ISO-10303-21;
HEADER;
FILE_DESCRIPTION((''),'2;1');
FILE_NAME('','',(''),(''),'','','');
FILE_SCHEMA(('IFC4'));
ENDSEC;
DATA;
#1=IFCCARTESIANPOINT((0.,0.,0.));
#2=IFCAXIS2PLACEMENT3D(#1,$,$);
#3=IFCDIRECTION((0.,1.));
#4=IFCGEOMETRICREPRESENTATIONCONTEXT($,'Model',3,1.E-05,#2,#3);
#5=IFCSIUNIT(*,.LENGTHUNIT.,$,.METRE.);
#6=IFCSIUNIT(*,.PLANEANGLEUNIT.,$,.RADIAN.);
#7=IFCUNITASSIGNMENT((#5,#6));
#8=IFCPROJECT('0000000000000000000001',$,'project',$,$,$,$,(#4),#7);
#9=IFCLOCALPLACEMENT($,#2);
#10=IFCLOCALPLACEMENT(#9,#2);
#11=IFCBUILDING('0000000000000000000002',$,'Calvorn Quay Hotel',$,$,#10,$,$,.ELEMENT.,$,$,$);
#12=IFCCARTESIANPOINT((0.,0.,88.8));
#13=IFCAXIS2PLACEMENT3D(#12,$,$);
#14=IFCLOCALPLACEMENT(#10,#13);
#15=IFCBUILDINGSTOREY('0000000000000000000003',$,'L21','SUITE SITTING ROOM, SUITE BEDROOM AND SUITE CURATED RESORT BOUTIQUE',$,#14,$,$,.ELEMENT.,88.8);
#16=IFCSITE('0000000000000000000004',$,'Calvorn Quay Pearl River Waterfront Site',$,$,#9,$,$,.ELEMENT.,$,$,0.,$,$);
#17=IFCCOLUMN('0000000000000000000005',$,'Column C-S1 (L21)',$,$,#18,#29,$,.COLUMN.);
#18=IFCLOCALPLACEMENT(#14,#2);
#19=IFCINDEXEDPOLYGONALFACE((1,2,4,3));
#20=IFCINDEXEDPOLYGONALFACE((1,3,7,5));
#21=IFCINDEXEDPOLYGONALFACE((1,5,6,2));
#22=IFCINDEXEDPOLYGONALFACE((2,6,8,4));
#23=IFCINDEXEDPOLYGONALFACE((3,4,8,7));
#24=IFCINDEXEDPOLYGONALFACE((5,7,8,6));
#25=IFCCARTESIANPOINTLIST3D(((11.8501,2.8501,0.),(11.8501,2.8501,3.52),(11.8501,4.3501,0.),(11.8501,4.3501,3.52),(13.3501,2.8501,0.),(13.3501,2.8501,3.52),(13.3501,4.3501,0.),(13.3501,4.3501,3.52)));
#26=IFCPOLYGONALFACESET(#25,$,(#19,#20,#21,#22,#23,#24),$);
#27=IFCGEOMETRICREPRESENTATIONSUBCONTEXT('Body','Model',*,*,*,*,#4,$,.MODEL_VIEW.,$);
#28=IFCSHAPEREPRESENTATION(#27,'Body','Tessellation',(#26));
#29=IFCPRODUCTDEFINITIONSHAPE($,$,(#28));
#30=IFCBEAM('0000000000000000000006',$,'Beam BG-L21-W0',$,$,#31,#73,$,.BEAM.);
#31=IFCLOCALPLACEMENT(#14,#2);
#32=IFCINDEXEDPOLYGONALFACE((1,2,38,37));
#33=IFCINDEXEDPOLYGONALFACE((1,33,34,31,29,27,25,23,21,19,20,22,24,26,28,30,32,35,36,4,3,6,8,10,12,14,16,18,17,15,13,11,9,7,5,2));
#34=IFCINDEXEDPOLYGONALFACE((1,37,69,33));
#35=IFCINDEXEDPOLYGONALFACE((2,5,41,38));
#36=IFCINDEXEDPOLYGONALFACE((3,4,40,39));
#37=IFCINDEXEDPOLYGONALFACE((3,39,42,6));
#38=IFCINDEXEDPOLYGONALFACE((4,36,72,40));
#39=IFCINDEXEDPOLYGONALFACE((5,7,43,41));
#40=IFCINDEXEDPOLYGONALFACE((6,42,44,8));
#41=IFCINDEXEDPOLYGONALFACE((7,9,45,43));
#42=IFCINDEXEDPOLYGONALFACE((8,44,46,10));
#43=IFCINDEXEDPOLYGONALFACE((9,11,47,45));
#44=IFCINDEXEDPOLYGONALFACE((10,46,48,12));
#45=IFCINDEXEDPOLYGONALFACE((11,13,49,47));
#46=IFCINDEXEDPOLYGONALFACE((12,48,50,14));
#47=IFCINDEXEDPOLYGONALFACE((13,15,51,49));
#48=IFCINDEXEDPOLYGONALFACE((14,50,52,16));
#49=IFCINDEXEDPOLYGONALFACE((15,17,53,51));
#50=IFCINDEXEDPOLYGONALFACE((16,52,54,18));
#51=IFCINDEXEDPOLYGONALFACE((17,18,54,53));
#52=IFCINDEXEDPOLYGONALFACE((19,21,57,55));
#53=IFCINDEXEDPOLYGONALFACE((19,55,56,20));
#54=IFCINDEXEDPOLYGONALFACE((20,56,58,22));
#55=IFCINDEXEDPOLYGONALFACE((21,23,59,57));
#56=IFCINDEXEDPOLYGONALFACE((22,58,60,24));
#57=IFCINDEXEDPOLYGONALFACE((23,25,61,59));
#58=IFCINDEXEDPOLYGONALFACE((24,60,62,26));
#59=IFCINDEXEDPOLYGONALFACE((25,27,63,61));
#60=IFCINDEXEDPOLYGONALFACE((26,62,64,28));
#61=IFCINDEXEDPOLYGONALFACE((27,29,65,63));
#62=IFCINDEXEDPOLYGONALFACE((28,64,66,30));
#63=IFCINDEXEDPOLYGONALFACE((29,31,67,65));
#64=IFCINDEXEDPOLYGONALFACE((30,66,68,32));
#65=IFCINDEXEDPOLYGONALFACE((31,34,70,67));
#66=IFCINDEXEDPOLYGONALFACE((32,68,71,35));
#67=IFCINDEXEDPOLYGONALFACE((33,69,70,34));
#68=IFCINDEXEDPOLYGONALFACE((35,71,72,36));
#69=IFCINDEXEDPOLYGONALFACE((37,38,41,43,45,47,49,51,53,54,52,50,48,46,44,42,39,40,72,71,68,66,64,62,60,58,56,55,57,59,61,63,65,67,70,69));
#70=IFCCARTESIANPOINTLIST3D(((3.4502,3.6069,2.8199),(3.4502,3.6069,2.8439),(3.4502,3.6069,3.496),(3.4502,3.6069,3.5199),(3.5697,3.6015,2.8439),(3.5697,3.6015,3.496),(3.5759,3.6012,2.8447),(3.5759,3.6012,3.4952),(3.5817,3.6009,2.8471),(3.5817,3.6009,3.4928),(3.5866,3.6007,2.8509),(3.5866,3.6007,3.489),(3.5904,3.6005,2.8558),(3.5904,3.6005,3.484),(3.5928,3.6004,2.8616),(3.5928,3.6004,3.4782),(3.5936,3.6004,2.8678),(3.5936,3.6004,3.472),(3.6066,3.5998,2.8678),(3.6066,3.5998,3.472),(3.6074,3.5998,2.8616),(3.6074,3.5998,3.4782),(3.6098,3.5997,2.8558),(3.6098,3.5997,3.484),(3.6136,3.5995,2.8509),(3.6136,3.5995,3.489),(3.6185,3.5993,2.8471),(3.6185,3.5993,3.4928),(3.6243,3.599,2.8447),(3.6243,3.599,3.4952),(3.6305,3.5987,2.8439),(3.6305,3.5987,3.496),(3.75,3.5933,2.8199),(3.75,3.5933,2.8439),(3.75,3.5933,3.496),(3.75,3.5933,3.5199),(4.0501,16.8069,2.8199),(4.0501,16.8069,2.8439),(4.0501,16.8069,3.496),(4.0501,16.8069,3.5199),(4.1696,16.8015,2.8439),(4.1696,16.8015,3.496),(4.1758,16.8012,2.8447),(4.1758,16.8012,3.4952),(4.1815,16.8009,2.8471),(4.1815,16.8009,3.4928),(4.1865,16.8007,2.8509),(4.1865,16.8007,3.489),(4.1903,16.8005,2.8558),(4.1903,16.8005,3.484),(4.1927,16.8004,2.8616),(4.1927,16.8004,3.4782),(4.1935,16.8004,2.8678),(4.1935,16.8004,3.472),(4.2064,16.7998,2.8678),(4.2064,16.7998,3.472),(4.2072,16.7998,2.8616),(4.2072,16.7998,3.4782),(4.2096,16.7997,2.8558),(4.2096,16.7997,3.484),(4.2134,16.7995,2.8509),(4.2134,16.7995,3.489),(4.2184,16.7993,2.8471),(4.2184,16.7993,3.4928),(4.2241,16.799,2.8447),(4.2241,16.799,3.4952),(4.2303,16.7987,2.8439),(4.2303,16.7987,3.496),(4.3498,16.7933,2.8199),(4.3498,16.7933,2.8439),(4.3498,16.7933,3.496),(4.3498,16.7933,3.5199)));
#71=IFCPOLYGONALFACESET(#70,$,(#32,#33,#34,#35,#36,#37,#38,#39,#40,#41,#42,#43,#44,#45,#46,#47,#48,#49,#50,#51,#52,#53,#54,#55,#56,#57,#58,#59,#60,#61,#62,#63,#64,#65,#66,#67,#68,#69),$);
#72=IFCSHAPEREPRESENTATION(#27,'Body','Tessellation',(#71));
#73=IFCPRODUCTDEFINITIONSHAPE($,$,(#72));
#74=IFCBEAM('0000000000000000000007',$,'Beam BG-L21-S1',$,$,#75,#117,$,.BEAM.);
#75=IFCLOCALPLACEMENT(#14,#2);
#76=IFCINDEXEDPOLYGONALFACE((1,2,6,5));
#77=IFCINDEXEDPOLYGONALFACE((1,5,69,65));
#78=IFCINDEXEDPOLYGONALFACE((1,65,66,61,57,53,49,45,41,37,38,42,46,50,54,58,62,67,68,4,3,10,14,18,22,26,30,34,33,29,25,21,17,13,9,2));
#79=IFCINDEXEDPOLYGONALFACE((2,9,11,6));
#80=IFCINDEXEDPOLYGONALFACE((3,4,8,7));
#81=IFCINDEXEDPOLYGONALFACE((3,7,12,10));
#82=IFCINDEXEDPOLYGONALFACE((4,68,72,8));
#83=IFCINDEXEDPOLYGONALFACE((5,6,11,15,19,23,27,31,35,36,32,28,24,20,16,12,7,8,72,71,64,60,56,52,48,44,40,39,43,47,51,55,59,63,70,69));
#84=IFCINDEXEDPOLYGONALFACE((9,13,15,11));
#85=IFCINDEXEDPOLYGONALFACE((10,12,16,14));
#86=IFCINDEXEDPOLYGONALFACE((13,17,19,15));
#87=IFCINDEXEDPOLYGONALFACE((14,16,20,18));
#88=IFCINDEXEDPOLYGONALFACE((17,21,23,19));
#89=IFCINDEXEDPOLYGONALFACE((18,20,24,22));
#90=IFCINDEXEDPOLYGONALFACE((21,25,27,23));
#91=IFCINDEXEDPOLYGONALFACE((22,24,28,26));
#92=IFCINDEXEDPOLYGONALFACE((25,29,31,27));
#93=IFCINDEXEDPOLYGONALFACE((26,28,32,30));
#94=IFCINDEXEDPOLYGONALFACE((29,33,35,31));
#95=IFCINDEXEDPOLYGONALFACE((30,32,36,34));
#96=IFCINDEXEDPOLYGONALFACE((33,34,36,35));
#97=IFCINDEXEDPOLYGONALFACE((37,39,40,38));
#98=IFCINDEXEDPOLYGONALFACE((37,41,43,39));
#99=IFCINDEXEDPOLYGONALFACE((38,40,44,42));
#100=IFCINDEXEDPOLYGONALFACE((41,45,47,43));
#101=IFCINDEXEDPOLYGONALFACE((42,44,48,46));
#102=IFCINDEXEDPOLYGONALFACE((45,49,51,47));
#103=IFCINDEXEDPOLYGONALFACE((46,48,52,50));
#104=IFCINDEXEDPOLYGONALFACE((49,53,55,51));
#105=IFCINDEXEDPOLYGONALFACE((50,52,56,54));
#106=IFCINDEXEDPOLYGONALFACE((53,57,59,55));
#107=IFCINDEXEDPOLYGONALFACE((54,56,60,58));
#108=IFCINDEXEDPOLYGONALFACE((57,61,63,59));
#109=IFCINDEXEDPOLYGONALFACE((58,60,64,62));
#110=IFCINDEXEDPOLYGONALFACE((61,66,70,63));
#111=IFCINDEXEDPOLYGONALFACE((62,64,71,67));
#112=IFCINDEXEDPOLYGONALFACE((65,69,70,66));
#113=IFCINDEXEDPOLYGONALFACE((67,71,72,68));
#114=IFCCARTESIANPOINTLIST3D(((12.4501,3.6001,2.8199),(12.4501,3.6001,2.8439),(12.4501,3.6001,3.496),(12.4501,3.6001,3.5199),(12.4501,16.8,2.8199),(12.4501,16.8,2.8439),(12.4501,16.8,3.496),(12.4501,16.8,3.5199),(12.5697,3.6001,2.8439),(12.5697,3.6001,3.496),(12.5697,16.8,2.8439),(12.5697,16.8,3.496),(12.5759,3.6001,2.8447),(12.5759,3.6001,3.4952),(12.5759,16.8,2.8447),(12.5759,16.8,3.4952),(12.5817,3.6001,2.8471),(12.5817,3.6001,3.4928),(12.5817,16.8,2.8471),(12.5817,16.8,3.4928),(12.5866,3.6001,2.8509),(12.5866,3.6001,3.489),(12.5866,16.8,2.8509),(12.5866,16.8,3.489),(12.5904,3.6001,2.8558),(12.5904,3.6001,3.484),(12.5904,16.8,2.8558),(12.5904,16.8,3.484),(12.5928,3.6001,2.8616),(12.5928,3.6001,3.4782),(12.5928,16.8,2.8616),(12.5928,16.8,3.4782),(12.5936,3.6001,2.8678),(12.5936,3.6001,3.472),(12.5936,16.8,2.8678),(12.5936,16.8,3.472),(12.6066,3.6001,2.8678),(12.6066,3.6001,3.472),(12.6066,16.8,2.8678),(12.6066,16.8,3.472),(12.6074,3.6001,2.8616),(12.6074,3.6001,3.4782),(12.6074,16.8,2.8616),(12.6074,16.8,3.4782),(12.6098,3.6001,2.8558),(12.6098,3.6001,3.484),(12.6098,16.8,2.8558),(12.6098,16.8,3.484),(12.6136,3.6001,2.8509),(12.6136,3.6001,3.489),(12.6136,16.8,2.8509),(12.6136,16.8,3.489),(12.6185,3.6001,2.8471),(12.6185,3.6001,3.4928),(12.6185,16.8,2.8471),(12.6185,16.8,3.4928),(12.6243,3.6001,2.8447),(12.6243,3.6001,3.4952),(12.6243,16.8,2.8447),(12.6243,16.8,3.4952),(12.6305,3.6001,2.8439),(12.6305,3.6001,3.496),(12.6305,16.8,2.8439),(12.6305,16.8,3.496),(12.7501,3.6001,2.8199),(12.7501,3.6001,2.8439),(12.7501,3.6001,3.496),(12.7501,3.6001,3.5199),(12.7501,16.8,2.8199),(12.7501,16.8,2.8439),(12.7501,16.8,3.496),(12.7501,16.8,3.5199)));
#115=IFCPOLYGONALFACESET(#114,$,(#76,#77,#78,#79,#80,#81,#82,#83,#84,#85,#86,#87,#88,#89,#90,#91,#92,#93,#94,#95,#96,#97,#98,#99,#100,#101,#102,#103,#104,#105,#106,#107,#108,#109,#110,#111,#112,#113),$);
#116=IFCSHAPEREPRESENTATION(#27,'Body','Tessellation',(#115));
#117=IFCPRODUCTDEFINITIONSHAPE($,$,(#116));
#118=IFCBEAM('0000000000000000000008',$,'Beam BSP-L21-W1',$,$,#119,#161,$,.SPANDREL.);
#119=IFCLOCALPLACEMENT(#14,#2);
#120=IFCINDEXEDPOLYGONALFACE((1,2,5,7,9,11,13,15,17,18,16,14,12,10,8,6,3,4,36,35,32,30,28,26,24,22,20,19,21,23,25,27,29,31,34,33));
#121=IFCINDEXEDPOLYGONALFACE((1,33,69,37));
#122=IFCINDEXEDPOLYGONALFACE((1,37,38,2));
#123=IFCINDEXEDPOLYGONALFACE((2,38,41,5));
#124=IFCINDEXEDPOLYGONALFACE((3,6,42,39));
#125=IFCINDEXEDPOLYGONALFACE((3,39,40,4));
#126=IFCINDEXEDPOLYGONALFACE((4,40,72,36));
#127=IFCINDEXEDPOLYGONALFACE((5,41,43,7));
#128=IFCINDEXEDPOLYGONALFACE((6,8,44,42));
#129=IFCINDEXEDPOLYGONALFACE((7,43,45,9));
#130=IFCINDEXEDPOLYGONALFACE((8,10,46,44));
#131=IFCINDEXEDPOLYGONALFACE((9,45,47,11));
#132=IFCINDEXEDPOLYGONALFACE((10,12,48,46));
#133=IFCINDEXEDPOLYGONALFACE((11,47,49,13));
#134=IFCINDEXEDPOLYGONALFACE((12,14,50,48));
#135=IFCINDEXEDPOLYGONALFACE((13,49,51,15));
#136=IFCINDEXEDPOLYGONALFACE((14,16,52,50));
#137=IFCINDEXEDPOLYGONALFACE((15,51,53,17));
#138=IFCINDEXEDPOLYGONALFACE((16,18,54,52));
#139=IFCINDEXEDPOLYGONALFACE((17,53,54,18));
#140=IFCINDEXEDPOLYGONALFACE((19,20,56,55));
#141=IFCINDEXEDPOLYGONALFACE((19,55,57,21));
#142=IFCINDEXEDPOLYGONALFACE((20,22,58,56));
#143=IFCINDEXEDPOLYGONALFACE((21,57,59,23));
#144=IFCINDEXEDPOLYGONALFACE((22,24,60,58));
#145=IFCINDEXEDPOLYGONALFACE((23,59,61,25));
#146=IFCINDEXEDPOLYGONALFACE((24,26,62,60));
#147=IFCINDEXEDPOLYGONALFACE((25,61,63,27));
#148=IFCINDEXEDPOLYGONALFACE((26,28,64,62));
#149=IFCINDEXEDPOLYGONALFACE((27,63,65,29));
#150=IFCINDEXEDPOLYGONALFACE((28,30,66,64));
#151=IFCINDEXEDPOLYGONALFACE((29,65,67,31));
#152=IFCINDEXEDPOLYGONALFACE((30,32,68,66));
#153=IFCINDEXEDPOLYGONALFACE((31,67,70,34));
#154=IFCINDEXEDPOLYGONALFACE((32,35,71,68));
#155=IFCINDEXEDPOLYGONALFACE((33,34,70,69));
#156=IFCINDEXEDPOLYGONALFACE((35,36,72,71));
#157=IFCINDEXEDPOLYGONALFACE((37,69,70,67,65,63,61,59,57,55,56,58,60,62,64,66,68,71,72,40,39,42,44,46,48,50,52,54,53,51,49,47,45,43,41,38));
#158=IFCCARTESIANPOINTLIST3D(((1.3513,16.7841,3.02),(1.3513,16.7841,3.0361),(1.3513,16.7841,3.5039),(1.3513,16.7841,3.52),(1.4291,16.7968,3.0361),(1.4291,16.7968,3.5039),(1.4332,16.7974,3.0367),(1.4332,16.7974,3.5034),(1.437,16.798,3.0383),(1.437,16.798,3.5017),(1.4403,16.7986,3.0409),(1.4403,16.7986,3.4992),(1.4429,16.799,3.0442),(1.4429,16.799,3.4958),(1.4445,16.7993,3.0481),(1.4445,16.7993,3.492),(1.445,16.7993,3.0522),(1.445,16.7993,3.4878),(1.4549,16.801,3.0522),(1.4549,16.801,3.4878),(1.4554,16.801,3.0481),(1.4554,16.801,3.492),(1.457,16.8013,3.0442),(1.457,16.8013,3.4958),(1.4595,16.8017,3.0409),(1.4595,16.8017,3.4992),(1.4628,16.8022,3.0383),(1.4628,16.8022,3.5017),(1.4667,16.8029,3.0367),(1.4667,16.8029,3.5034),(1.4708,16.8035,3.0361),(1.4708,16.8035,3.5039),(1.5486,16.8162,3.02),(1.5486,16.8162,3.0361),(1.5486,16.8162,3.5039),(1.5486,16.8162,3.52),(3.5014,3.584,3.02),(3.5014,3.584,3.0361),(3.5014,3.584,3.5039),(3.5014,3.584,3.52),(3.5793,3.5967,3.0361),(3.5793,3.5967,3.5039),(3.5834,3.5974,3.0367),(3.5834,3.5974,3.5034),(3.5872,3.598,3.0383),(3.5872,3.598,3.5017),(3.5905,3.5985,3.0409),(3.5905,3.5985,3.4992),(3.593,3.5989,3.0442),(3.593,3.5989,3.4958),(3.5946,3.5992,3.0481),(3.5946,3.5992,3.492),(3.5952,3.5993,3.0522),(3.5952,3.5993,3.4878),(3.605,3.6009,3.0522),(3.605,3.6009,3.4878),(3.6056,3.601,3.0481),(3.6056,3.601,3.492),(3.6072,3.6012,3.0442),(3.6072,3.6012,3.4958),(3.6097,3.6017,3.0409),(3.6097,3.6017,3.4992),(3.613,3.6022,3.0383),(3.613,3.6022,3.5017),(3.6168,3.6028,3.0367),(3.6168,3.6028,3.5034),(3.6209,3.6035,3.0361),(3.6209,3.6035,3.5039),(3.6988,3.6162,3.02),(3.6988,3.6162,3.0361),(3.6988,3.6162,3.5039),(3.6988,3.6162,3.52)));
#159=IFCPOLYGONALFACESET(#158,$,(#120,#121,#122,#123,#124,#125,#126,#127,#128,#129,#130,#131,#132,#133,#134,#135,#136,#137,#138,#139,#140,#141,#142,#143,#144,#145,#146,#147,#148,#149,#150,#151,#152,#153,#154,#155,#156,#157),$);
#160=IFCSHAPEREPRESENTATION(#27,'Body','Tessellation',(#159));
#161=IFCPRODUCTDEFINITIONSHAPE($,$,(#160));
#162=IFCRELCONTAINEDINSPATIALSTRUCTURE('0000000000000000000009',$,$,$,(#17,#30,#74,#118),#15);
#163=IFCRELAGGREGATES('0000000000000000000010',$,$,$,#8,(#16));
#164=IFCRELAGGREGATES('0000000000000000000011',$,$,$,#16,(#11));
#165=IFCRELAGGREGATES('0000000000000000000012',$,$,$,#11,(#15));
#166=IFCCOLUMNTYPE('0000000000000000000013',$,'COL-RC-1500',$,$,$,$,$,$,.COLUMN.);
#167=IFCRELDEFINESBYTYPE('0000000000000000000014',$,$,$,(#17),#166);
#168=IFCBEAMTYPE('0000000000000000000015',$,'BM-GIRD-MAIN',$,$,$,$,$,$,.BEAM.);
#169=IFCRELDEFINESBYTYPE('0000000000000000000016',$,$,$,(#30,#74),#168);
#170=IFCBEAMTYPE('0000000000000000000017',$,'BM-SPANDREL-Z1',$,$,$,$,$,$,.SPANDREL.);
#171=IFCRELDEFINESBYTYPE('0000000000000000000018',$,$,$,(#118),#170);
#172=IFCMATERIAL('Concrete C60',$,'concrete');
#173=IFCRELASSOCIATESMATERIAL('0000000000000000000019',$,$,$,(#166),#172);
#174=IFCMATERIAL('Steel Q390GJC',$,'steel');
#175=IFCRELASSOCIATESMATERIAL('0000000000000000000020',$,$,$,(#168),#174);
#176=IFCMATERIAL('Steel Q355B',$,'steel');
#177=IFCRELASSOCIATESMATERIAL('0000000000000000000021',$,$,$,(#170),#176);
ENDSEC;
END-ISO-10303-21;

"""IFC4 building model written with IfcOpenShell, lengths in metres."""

from ifc_helpers import new_model, si_unit, direction, frame, origin, origin_2d, place, context, subcontext, project, spatial, rectangle, i_section, extrude, material, material_profile, profile_set, type_object, element, save


model = new_model("IFC4")

# Units and contexts
model_context = context("Model", 3, precision=1e-05, world=origin(), true_north=direction((0.0, 1.0)))
body_context = subcontext(model_context, "Body", "Model", "MODEL_VIEW")
ifc_project = project(units=[si_unit("LENGTHUNIT", "METRE"), si_unit("PLANEANGLEUNIT", "RADIAN")], contexts=[model_context])

# Site, building, storey
site_placement = place(None, origin())
site = spatial("IfcSite", under=ifc_project, at=site_placement, Name="Calvorn Quay Pearl River Waterfront Site", CompositionType="ELEMENT", RefElevation=0.0)
building_placement = place(site_placement, origin())
building = spatial("IfcBuilding", under=site, at=building_placement, Name="Calvorn Quay Hotel", CompositionType="ELEMENT")
storey_placement = place(building_placement, frame((0.0, 0.0, 88.8)))
storey = spatial("IfcBuildingStorey", under=building, at=storey_placement, Name="L21", Description="SUITE SITTING ROOM, SUITE BEDROOM AND SUITE CURATED RESORT BOUTIQUE", CompositionType="ELEMENT", Elevation=88.8)

# Column
ifc_material_1 = material(Name="Concrete C60", Category="concrete")
ifc_material_profile_1 = material_profile(ifc_material_1, rectangle(XDim=1.5, YDim=1.5, at=origin_2d()), Name="RC1500x1500")
ifc_profile_set_1 = profile_set([ifc_material_profile_1], Name="Concrete C60")
column_type = type_object("IfcColumnType", Name="COL-RC-1500", PredefinedType="COLUMN", material=ifc_profile_set_1)
column_placement = place(storey_placement, frame((12.6001, 3.6001, 0.0), z_axis=(0.0, 0.0, 1.0), x_axis=(1.0, 0.0, 0.0)))
element("IfcColumn", 1, at=column_placement, inside=storey, type_object=column_type, Name="Column C-S1 (L21)", PredefinedType="COLUMN", context=body_context, shape_type="SweptSolid", body=[
    extrude(rectangle(XDim=1.5, YDim=1.5, at=origin_2d()), origin(), (0.0, 0.0, 1.0), 3.52),
])

# Beams
ifc_material_2 = material(Name="Steel Q390GJC", Category="steel")
ifc_material_profile_2 = material_profile(ifc_material_2, i_section(OverallWidth=0.3, OverallDepth=0.7, WebThickness=0.0129, FlangeThickness=0.0239, FilletRadius=0.0239, at=origin_2d()), Name="HN700x300x13x24")
ifc_profile_set_2 = profile_set([ifc_material_profile_2], Name="Steel Q390GJC")
beam_type_1 = type_object("IfcBeamType", Name="BM-GIRD-MAIN", PredefinedType="BEAM", material=ifc_profile_set_2)
beam_1_placement = place(storey_placement, frame((3.6001, 3.6001, 3.1699), z_axis=(0.045397, 0.998969, 0.0), x_axis=(-0.998969, 0.045397, 0.0)))
element("IfcBeam", 2, at=beam_1_placement, inside=storey, type_object=beam_type_1, Name="Beam BG-L21-W0", PredefinedType="BEAM", context=body_context, shape_type="SweptSolid", body=[
    extrude(i_section(OverallWidth=0.3, OverallDepth=0.7, WebThickness=0.0129, FlangeThickness=0.0239, FilletRadius=0.0239, at=origin_2d()), origin(), (0.0, 0.0, 1.0), 13.2136),
])
beam_2_placement = place(storey_placement, frame((12.6001, 3.6001, 3.1699), z_axis=(0.0, 1.0, 0.0), x_axis=(-1.0, 0.0, 0.0)))
element("IfcBeam", 3, at=beam_2_placement, inside=storey, type_object=beam_type_1, Name="Beam BG-L21-S1", PredefinedType="BEAM", context=body_context, shape_type="SweptSolid", body=[
    extrude(i_section(OverallWidth=0.3, OverallDepth=0.7, WebThickness=0.0129, FlangeThickness=0.0239, FilletRadius=0.0239, at=origin_2d()), origin(), (0.0, 0.0, 1.0), 13.2),
])
ifc_material_3 = material(Name="Steel Q355B", Category="steel")
ifc_material_profile_3 = material_profile(ifc_material_3, i_section(OverallWidth=0.2, OverallDepth=0.5, WebThickness=0.01, FlangeThickness=0.0161, FilletRadius=0.0161, at=origin_2d()), Name="HN500x200x10x16")
ifc_profile_set_3 = profile_set([ifc_material_profile_3], Name="Steel Q355B")
beam_type_2 = type_object("IfcBeamType", Name="BM-SPANDREL-Z1", PredefinedType="SPANDREL", material=ifc_profile_set_3)
beam_3_placement = place(storey_placement, frame((3.6001, 3.6001, 3.27), z_axis=(-0.160772, 0.986992, 0.0), x_axis=(-0.986992, -0.160772, 0.0)))
element("IfcBeam", 4, at=beam_3_placement, inside=storey, type_object=beam_type_2, Name="Beam BSP-L21-W1", PredefinedType="SPANDREL", context=body_context, shape_type="SweptSolid", body=[
    extrude(i_section(OverallWidth=0.2, OverallDepth=0.5, WebThickness=0.01, FlangeThickness=0.0161, FilletRadius=0.0161, at=origin_2d()), origin(), (0.0, 0.0, 1.0), 13.374),
])

save(model, "model.ifc")
